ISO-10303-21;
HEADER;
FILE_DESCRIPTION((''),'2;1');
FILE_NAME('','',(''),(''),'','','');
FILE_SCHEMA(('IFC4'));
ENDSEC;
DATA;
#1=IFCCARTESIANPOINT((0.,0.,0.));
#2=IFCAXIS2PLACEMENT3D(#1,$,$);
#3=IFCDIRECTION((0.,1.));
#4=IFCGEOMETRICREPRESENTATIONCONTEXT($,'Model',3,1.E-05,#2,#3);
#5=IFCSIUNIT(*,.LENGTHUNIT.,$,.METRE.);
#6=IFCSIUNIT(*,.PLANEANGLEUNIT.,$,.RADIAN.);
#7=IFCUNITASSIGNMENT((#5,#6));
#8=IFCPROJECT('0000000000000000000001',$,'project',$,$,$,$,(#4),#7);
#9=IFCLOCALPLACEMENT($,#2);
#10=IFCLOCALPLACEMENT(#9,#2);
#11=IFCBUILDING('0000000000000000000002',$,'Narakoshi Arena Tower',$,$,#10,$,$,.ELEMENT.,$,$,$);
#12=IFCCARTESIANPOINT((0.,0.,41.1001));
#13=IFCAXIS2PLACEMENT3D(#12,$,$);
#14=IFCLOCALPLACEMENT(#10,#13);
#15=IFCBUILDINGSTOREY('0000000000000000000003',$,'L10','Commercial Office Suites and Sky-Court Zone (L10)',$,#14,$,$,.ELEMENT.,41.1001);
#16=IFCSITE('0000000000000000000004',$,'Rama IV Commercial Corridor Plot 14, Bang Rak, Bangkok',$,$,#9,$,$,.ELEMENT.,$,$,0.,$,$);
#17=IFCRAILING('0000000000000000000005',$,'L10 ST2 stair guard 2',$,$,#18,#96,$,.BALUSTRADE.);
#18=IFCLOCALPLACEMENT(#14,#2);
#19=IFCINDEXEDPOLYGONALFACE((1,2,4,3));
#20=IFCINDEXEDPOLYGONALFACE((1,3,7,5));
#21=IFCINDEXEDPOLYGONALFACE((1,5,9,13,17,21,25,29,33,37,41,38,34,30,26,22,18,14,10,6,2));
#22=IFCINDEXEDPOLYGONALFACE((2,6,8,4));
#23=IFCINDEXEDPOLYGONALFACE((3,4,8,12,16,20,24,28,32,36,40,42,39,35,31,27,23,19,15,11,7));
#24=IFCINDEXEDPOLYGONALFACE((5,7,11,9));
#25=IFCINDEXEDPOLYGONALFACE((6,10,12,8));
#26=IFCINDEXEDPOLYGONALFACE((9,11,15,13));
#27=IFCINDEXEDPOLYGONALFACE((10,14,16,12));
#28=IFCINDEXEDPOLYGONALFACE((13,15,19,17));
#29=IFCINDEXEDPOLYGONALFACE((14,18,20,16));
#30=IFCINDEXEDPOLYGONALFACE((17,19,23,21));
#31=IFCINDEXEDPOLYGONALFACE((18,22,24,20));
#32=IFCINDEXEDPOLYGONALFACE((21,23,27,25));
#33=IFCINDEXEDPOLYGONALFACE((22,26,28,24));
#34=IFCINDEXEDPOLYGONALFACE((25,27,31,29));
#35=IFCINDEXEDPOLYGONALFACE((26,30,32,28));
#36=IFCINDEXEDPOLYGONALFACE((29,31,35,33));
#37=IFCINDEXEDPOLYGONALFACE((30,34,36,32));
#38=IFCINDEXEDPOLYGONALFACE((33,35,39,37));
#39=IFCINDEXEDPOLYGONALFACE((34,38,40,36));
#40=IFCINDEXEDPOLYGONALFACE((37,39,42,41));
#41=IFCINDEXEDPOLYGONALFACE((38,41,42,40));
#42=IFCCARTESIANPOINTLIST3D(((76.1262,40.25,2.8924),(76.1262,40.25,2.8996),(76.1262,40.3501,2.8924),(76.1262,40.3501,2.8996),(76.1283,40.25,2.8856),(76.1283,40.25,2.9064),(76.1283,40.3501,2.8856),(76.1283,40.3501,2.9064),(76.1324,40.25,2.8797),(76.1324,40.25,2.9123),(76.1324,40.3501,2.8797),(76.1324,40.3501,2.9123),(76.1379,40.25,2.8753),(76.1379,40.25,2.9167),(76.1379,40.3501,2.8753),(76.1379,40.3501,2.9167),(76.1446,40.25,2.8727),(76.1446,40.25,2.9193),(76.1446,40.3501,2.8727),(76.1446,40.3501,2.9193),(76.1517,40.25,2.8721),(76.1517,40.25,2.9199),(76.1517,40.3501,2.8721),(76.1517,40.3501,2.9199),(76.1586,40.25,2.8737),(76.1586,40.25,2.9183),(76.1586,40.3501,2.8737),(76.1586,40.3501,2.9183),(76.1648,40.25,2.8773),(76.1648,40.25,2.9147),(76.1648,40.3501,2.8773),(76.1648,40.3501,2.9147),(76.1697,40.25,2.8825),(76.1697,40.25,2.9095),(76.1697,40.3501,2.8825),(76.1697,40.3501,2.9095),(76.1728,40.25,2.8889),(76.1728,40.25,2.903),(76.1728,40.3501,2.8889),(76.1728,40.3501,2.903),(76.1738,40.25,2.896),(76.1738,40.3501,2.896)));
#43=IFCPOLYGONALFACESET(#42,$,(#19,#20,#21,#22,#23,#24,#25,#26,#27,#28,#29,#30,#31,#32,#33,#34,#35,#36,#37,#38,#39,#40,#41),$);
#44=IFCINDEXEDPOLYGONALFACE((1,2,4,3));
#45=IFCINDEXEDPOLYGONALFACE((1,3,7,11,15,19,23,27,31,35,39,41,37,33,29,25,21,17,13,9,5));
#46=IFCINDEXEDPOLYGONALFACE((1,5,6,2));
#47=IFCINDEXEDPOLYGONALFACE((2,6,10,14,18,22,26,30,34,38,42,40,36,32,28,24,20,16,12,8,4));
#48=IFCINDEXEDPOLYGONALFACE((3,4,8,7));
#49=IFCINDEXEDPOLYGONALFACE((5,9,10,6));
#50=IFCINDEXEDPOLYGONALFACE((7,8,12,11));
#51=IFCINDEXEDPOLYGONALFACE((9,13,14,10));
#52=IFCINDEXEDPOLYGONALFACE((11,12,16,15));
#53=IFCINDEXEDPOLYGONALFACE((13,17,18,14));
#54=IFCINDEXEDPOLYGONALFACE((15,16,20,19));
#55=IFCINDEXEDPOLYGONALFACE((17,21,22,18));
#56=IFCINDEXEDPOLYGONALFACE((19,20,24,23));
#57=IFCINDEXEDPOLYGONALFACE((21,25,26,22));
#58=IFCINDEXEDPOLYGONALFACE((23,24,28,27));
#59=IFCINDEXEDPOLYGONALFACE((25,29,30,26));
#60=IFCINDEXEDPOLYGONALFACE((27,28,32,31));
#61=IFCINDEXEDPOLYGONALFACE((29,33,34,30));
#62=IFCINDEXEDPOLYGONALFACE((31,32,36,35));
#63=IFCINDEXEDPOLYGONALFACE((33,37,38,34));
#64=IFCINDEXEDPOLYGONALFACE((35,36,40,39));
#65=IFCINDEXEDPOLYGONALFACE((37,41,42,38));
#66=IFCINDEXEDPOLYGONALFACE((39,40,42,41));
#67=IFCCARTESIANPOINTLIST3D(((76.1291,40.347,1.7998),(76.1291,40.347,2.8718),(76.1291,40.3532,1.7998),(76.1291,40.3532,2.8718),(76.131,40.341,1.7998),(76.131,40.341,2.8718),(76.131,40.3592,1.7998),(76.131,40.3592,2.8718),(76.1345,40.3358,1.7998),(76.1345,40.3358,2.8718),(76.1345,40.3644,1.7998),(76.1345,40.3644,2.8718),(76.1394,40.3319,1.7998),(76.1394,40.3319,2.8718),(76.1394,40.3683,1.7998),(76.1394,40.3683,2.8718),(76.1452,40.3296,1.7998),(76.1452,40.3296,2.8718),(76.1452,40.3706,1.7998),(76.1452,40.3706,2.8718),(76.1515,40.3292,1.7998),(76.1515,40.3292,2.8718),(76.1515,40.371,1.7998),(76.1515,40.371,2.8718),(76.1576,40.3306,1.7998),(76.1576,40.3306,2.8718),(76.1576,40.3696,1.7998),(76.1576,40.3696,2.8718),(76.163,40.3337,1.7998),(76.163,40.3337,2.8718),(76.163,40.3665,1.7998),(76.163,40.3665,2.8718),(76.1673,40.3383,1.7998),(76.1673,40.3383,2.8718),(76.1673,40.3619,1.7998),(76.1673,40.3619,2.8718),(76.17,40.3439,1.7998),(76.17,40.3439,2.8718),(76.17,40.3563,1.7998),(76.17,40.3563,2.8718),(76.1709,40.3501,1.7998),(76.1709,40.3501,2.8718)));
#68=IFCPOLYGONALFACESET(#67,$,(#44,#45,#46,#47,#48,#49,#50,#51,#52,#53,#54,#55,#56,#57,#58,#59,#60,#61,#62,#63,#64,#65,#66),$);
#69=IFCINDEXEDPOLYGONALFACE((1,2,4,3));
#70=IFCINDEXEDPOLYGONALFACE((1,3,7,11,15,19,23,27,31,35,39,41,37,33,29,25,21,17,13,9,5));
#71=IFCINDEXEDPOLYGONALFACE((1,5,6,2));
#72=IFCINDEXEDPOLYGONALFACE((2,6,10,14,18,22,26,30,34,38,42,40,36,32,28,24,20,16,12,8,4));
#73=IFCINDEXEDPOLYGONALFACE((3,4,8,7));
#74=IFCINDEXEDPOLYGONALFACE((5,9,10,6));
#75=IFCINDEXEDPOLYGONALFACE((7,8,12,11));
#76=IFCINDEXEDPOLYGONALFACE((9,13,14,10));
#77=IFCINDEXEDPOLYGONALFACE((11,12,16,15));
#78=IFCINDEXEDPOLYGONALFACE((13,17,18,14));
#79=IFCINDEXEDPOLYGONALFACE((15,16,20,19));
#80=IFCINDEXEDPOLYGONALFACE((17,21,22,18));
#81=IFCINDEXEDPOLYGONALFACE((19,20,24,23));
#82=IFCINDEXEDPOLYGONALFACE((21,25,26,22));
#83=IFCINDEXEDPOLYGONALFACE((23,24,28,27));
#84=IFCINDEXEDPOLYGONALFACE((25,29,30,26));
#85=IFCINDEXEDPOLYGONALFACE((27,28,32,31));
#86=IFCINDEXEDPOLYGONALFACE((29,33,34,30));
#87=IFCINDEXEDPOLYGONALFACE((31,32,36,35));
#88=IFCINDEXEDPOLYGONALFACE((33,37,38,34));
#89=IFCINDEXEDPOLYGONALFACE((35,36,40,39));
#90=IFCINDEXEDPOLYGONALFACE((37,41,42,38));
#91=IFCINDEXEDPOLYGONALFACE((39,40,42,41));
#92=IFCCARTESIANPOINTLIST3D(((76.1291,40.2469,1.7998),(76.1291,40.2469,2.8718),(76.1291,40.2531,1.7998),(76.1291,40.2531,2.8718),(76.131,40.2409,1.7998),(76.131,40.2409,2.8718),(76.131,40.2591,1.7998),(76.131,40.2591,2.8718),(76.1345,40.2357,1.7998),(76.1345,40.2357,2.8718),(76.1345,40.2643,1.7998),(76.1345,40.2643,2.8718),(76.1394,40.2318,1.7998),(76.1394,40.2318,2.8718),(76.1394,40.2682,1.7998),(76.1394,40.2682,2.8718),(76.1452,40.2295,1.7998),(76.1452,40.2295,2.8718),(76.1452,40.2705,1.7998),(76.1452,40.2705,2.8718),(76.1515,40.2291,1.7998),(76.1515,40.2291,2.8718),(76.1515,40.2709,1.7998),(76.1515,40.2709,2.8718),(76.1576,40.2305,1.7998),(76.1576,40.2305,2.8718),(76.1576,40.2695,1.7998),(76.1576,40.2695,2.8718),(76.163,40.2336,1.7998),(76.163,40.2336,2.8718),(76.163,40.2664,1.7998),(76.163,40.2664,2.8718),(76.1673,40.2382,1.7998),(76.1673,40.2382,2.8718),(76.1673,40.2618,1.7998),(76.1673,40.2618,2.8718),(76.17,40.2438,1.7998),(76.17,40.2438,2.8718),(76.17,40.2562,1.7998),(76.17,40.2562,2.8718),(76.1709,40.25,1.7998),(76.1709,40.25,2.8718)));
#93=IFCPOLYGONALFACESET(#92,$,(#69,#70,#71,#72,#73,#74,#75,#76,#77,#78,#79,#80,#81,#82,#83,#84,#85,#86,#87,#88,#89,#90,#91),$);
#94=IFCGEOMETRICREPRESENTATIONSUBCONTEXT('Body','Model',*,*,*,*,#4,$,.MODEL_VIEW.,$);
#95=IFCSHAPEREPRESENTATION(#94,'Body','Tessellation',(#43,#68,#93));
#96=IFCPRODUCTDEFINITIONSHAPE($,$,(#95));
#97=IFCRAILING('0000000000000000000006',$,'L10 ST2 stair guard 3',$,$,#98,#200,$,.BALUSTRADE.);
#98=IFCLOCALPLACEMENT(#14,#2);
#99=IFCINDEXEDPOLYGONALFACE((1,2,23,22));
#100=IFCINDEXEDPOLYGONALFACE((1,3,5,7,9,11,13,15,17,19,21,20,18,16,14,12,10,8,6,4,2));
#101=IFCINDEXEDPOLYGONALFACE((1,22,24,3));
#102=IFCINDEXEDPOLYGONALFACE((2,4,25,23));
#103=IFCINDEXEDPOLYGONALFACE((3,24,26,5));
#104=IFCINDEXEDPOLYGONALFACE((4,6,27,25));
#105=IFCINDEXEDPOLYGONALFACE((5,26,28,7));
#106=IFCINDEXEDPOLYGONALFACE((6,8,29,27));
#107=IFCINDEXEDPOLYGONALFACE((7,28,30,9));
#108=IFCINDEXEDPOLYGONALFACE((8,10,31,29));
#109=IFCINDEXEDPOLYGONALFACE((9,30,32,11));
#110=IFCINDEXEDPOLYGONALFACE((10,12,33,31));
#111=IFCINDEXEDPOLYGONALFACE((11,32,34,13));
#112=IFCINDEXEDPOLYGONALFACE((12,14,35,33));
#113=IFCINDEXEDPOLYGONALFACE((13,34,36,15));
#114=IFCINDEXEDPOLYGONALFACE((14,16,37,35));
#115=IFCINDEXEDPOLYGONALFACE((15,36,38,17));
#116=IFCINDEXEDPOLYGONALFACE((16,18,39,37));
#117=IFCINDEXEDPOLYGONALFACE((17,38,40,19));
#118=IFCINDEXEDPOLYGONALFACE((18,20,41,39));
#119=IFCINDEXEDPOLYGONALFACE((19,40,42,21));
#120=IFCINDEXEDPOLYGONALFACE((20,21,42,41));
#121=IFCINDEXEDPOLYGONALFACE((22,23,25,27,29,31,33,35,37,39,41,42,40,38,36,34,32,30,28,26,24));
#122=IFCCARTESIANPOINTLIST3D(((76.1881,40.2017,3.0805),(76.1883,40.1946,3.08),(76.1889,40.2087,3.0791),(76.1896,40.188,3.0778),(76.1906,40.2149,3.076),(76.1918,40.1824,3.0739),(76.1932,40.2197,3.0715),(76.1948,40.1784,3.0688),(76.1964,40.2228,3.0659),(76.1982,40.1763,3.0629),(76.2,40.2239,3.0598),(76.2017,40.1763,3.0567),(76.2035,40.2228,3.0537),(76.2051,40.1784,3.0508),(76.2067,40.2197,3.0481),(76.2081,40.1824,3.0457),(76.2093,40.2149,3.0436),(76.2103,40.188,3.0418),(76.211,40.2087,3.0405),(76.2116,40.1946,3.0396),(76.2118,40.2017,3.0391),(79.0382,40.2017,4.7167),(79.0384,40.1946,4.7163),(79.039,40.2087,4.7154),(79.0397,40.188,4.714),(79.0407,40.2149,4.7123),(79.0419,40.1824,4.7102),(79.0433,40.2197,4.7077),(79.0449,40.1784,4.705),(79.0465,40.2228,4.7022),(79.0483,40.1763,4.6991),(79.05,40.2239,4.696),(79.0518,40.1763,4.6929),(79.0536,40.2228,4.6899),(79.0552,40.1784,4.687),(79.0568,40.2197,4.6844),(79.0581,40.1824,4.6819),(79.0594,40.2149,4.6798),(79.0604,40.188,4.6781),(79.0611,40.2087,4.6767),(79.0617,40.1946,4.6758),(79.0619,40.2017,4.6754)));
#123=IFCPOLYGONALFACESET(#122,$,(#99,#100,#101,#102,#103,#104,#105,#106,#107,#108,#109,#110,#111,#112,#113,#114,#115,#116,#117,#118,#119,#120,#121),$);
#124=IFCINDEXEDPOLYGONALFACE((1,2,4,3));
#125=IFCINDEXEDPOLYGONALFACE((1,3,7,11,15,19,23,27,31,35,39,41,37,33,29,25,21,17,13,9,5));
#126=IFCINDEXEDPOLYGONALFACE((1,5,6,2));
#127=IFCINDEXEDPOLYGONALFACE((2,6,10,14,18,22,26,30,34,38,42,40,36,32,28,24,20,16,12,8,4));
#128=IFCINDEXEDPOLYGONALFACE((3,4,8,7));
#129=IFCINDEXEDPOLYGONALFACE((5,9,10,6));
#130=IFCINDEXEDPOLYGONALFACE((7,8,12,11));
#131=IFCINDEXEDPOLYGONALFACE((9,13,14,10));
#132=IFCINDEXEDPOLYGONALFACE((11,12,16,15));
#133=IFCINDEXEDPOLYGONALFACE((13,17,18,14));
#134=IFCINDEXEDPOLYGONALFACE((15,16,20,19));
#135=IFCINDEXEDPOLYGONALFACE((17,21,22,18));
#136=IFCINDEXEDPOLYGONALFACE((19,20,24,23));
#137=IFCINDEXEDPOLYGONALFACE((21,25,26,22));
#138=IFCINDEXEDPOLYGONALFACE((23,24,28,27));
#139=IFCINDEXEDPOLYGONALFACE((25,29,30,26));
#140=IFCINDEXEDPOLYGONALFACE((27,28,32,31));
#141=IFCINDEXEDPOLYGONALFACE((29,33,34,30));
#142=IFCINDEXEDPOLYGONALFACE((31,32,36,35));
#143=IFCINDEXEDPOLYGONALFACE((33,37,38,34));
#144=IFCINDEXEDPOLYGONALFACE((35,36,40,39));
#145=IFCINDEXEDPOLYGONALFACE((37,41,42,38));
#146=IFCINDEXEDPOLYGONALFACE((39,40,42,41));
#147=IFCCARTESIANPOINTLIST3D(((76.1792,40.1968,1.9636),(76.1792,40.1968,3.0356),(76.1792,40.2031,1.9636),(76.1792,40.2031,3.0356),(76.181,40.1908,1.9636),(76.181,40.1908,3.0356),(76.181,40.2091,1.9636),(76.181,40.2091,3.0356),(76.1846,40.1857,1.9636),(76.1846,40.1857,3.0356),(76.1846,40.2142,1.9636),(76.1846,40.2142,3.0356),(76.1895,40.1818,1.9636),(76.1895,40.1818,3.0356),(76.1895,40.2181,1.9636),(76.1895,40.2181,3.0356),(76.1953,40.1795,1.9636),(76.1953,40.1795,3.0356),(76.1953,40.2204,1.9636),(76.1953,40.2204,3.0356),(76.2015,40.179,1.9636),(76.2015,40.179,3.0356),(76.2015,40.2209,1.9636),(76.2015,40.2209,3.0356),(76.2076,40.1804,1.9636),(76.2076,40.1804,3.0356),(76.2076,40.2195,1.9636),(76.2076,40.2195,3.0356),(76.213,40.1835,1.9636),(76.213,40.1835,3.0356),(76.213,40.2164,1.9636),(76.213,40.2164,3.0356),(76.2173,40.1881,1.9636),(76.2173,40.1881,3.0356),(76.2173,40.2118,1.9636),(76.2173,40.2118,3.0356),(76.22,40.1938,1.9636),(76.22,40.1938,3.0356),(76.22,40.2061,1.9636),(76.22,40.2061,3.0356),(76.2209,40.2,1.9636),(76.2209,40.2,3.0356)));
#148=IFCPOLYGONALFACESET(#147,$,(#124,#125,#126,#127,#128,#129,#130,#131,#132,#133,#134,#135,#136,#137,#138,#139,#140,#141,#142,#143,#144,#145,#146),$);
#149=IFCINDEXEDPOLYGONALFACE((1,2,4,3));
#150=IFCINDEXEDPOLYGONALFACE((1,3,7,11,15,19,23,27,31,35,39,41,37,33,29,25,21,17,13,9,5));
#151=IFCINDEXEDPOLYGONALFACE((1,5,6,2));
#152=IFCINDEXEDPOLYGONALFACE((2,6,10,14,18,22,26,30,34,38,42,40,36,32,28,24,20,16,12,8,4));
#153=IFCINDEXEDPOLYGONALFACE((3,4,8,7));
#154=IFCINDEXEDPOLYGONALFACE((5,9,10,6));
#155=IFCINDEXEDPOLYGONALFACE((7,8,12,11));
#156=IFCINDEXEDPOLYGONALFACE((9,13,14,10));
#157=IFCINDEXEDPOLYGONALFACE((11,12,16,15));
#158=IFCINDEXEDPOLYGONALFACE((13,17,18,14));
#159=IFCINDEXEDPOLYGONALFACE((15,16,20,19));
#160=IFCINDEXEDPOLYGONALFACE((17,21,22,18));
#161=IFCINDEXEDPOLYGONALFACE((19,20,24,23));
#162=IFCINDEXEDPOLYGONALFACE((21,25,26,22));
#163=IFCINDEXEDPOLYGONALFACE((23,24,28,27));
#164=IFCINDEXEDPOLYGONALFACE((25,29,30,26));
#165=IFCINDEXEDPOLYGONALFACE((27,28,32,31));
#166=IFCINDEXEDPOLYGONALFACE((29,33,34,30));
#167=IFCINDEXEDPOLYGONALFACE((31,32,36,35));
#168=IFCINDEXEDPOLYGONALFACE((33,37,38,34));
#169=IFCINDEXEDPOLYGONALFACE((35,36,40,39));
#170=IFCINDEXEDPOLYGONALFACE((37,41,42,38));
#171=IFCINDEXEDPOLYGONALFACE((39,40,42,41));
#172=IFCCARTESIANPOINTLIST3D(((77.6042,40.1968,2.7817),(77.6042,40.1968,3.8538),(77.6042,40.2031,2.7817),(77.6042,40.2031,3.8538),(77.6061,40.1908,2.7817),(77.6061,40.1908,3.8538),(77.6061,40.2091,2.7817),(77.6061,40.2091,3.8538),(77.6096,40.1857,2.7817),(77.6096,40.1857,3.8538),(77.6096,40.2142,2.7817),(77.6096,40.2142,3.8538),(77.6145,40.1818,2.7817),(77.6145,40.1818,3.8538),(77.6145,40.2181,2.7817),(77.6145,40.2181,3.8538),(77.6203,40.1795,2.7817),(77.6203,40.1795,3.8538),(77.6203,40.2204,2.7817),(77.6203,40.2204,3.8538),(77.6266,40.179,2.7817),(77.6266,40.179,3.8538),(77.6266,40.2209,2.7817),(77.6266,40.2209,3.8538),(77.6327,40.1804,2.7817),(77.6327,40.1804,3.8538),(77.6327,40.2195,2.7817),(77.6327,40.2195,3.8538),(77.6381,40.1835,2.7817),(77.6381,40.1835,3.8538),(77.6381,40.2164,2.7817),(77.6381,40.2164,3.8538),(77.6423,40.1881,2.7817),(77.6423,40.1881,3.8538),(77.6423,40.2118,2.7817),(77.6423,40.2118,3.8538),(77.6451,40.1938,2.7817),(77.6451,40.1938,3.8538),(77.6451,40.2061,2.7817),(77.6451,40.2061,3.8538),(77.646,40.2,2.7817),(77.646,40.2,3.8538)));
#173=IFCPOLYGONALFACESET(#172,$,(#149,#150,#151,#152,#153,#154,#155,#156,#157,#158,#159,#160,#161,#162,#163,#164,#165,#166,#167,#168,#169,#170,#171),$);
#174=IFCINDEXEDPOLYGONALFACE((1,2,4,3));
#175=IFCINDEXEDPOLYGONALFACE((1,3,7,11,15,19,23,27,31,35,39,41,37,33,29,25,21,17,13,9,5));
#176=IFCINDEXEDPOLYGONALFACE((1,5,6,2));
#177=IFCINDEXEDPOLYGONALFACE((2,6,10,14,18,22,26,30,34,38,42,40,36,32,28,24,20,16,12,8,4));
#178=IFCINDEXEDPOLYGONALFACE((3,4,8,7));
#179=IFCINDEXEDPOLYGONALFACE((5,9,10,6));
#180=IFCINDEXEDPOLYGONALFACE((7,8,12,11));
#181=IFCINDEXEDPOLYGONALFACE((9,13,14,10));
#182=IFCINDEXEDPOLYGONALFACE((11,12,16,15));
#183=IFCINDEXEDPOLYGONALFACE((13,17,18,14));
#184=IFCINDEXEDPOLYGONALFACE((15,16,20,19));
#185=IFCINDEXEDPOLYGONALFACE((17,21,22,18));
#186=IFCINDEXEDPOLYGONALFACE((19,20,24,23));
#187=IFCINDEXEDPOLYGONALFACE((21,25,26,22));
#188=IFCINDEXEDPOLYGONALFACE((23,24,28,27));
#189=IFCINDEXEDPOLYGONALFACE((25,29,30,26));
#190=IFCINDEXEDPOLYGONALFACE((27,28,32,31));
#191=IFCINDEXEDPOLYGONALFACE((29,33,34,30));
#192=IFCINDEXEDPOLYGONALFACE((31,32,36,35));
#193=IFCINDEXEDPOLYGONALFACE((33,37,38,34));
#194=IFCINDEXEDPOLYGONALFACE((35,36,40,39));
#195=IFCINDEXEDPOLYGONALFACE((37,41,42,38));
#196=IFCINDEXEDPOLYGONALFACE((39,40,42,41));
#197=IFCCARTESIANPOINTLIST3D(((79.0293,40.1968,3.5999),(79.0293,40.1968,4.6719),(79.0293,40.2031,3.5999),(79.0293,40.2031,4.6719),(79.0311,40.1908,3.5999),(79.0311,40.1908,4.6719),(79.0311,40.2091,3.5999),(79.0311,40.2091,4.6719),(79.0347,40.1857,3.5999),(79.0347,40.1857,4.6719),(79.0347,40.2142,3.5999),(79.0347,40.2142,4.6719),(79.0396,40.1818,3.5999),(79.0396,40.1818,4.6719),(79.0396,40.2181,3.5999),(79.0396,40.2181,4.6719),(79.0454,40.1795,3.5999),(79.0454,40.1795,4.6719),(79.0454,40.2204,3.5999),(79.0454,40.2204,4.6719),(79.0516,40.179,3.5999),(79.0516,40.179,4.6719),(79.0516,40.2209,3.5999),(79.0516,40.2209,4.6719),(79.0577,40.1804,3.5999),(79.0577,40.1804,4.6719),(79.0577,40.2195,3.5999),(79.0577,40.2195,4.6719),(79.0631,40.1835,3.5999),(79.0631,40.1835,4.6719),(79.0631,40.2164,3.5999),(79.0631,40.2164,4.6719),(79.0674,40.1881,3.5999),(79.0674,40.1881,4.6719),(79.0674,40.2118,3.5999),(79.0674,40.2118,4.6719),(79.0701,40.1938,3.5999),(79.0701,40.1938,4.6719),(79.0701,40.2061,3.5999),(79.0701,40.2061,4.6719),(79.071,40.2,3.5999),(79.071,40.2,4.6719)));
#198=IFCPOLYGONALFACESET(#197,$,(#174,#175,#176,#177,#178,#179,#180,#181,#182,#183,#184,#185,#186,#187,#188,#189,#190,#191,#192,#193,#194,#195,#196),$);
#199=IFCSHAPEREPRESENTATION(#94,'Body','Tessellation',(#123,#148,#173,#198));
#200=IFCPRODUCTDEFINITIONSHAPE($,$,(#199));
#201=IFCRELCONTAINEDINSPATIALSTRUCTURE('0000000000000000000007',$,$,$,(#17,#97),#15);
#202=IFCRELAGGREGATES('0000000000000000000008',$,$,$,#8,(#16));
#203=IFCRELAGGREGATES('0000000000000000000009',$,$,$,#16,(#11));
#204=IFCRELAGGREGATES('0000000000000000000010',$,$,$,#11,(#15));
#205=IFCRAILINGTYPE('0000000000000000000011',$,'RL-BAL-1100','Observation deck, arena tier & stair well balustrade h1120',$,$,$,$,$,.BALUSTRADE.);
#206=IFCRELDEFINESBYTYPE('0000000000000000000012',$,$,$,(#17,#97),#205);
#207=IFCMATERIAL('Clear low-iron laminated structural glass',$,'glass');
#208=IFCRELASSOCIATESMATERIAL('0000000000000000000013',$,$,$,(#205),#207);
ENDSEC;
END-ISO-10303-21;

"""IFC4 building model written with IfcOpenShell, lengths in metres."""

from ifc_helpers import new_model, si_unit, direction, frame, origin, origin_2d, place, context, subcontext, project, spatial, circle, extrude, material, type_object, element, save


model = new_model("IFC4")

# Units and contexts
model_context = context("Model", 3, precision=1e-05, world=origin(), true_north=direction((0.0, 1.0)))
body_context = subcontext(model_context, "Body", "Model", "MODEL_VIEW")
ifc_project = project(units=[si_unit("LENGTHUNIT", "METRE"), si_unit("PLANEANGLEUNIT", "RADIAN")], contexts=[model_context])

# Site, building, storey
site_placement = place(None, origin())
site = spatial("IfcSite", under=ifc_project, at=site_placement, Name="Rama IV Commercial Corridor Plot 14, Bang Rak, Bangkok", CompositionType="ELEMENT", RefElevation=0.0)
building_placement = place(site_placement, origin())
building = spatial("IfcBuilding", under=site, at=building_placement, Name="Narakoshi Arena Tower", CompositionType="ELEMENT")
storey_placement = place(building_placement, frame((0.0, 0.0, 41.1001)))
storey = spatial("IfcBuildingStorey", under=building, at=storey_placement, Name="L10", Description="Commercial Office Suites and Sky-Court Zone (L10)", CompositionType="ELEMENT", Elevation=41.1001)

# Railings
ifc_material_1 = material(Name="Clear low-iron laminated structural glass", Category="glass")
railing_type_1 = type_object("IfcRailingType", Name="RL-BAL-1100", Description="Observation deck, arena tier & stair well balustrade h1120", PredefinedType="BALUSTRADE", material=ifc_material_1)
railing_1_placement = place(storey_placement, frame((76.1499, 40.3501, 1.7998)))
element("IfcRailing", 1, at=railing_1_placement, inside=storey, type_object=railing_type_1, Name="L10 ST2 stair guard 2", PredefinedType="BALUSTRADE", context=body_context, shape_type="SweptSolid", body=[
    extrude(circle(Radius=0.0239, at=origin_2d()), frame((0.0, 0.0, 1.0962), z_axis=(0.0, -1.0, 0.0), x_axis=(1.0, 0.0, 0.0)), (0.0, 0.0, 1.0), 0.1001),
    extrude(circle(Radius=0.021, at=origin_2d()), origin(), (0.0, 0.0, 1.0), 1.072),
    extrude(circle(Radius=0.021, at=origin_2d()), frame((0.0, -0.1001, 0.0)), (0.0, 0.0, 1.0), 1.072),
])
railing_2_placement = place(storey_placement, frame((76.2, 40.2, 1.9636)))
element("IfcRailing", 2, at=railing_2_placement, inside=storey, type_object=railing_type_1, Name="L10 ST2 stair guard 3", PredefinedType="BALUSTRADE", context=body_context, shape_type="SweptSolid", body=[
    extrude(circle(Radius=0.0239, at=origin_2d()), frame((0.0, 0.0, 1.0962), z_axis=(0.867245, 0.0, 0.497882), x_axis=(0.0, 1.0, 0.0)), (0.0, 0.0, 1.0), 3.2864),
    extrude(circle(Radius=0.021, at=origin_2d()), origin(), (0.0, 0.0, 1.0), 1.072),
    extrude(circle(Radius=0.021, at=origin_2d()), frame((1.425, 0.0, 0.8181)), (0.0, 0.0, 1.0), 1.072),
    extrude(circle(Radius=0.021, at=origin_2d()), frame((2.8501, 0.0, 1.6362)), (0.0, 0.0, 1.0), 1.072),
])

save(model, "model.ifc")
